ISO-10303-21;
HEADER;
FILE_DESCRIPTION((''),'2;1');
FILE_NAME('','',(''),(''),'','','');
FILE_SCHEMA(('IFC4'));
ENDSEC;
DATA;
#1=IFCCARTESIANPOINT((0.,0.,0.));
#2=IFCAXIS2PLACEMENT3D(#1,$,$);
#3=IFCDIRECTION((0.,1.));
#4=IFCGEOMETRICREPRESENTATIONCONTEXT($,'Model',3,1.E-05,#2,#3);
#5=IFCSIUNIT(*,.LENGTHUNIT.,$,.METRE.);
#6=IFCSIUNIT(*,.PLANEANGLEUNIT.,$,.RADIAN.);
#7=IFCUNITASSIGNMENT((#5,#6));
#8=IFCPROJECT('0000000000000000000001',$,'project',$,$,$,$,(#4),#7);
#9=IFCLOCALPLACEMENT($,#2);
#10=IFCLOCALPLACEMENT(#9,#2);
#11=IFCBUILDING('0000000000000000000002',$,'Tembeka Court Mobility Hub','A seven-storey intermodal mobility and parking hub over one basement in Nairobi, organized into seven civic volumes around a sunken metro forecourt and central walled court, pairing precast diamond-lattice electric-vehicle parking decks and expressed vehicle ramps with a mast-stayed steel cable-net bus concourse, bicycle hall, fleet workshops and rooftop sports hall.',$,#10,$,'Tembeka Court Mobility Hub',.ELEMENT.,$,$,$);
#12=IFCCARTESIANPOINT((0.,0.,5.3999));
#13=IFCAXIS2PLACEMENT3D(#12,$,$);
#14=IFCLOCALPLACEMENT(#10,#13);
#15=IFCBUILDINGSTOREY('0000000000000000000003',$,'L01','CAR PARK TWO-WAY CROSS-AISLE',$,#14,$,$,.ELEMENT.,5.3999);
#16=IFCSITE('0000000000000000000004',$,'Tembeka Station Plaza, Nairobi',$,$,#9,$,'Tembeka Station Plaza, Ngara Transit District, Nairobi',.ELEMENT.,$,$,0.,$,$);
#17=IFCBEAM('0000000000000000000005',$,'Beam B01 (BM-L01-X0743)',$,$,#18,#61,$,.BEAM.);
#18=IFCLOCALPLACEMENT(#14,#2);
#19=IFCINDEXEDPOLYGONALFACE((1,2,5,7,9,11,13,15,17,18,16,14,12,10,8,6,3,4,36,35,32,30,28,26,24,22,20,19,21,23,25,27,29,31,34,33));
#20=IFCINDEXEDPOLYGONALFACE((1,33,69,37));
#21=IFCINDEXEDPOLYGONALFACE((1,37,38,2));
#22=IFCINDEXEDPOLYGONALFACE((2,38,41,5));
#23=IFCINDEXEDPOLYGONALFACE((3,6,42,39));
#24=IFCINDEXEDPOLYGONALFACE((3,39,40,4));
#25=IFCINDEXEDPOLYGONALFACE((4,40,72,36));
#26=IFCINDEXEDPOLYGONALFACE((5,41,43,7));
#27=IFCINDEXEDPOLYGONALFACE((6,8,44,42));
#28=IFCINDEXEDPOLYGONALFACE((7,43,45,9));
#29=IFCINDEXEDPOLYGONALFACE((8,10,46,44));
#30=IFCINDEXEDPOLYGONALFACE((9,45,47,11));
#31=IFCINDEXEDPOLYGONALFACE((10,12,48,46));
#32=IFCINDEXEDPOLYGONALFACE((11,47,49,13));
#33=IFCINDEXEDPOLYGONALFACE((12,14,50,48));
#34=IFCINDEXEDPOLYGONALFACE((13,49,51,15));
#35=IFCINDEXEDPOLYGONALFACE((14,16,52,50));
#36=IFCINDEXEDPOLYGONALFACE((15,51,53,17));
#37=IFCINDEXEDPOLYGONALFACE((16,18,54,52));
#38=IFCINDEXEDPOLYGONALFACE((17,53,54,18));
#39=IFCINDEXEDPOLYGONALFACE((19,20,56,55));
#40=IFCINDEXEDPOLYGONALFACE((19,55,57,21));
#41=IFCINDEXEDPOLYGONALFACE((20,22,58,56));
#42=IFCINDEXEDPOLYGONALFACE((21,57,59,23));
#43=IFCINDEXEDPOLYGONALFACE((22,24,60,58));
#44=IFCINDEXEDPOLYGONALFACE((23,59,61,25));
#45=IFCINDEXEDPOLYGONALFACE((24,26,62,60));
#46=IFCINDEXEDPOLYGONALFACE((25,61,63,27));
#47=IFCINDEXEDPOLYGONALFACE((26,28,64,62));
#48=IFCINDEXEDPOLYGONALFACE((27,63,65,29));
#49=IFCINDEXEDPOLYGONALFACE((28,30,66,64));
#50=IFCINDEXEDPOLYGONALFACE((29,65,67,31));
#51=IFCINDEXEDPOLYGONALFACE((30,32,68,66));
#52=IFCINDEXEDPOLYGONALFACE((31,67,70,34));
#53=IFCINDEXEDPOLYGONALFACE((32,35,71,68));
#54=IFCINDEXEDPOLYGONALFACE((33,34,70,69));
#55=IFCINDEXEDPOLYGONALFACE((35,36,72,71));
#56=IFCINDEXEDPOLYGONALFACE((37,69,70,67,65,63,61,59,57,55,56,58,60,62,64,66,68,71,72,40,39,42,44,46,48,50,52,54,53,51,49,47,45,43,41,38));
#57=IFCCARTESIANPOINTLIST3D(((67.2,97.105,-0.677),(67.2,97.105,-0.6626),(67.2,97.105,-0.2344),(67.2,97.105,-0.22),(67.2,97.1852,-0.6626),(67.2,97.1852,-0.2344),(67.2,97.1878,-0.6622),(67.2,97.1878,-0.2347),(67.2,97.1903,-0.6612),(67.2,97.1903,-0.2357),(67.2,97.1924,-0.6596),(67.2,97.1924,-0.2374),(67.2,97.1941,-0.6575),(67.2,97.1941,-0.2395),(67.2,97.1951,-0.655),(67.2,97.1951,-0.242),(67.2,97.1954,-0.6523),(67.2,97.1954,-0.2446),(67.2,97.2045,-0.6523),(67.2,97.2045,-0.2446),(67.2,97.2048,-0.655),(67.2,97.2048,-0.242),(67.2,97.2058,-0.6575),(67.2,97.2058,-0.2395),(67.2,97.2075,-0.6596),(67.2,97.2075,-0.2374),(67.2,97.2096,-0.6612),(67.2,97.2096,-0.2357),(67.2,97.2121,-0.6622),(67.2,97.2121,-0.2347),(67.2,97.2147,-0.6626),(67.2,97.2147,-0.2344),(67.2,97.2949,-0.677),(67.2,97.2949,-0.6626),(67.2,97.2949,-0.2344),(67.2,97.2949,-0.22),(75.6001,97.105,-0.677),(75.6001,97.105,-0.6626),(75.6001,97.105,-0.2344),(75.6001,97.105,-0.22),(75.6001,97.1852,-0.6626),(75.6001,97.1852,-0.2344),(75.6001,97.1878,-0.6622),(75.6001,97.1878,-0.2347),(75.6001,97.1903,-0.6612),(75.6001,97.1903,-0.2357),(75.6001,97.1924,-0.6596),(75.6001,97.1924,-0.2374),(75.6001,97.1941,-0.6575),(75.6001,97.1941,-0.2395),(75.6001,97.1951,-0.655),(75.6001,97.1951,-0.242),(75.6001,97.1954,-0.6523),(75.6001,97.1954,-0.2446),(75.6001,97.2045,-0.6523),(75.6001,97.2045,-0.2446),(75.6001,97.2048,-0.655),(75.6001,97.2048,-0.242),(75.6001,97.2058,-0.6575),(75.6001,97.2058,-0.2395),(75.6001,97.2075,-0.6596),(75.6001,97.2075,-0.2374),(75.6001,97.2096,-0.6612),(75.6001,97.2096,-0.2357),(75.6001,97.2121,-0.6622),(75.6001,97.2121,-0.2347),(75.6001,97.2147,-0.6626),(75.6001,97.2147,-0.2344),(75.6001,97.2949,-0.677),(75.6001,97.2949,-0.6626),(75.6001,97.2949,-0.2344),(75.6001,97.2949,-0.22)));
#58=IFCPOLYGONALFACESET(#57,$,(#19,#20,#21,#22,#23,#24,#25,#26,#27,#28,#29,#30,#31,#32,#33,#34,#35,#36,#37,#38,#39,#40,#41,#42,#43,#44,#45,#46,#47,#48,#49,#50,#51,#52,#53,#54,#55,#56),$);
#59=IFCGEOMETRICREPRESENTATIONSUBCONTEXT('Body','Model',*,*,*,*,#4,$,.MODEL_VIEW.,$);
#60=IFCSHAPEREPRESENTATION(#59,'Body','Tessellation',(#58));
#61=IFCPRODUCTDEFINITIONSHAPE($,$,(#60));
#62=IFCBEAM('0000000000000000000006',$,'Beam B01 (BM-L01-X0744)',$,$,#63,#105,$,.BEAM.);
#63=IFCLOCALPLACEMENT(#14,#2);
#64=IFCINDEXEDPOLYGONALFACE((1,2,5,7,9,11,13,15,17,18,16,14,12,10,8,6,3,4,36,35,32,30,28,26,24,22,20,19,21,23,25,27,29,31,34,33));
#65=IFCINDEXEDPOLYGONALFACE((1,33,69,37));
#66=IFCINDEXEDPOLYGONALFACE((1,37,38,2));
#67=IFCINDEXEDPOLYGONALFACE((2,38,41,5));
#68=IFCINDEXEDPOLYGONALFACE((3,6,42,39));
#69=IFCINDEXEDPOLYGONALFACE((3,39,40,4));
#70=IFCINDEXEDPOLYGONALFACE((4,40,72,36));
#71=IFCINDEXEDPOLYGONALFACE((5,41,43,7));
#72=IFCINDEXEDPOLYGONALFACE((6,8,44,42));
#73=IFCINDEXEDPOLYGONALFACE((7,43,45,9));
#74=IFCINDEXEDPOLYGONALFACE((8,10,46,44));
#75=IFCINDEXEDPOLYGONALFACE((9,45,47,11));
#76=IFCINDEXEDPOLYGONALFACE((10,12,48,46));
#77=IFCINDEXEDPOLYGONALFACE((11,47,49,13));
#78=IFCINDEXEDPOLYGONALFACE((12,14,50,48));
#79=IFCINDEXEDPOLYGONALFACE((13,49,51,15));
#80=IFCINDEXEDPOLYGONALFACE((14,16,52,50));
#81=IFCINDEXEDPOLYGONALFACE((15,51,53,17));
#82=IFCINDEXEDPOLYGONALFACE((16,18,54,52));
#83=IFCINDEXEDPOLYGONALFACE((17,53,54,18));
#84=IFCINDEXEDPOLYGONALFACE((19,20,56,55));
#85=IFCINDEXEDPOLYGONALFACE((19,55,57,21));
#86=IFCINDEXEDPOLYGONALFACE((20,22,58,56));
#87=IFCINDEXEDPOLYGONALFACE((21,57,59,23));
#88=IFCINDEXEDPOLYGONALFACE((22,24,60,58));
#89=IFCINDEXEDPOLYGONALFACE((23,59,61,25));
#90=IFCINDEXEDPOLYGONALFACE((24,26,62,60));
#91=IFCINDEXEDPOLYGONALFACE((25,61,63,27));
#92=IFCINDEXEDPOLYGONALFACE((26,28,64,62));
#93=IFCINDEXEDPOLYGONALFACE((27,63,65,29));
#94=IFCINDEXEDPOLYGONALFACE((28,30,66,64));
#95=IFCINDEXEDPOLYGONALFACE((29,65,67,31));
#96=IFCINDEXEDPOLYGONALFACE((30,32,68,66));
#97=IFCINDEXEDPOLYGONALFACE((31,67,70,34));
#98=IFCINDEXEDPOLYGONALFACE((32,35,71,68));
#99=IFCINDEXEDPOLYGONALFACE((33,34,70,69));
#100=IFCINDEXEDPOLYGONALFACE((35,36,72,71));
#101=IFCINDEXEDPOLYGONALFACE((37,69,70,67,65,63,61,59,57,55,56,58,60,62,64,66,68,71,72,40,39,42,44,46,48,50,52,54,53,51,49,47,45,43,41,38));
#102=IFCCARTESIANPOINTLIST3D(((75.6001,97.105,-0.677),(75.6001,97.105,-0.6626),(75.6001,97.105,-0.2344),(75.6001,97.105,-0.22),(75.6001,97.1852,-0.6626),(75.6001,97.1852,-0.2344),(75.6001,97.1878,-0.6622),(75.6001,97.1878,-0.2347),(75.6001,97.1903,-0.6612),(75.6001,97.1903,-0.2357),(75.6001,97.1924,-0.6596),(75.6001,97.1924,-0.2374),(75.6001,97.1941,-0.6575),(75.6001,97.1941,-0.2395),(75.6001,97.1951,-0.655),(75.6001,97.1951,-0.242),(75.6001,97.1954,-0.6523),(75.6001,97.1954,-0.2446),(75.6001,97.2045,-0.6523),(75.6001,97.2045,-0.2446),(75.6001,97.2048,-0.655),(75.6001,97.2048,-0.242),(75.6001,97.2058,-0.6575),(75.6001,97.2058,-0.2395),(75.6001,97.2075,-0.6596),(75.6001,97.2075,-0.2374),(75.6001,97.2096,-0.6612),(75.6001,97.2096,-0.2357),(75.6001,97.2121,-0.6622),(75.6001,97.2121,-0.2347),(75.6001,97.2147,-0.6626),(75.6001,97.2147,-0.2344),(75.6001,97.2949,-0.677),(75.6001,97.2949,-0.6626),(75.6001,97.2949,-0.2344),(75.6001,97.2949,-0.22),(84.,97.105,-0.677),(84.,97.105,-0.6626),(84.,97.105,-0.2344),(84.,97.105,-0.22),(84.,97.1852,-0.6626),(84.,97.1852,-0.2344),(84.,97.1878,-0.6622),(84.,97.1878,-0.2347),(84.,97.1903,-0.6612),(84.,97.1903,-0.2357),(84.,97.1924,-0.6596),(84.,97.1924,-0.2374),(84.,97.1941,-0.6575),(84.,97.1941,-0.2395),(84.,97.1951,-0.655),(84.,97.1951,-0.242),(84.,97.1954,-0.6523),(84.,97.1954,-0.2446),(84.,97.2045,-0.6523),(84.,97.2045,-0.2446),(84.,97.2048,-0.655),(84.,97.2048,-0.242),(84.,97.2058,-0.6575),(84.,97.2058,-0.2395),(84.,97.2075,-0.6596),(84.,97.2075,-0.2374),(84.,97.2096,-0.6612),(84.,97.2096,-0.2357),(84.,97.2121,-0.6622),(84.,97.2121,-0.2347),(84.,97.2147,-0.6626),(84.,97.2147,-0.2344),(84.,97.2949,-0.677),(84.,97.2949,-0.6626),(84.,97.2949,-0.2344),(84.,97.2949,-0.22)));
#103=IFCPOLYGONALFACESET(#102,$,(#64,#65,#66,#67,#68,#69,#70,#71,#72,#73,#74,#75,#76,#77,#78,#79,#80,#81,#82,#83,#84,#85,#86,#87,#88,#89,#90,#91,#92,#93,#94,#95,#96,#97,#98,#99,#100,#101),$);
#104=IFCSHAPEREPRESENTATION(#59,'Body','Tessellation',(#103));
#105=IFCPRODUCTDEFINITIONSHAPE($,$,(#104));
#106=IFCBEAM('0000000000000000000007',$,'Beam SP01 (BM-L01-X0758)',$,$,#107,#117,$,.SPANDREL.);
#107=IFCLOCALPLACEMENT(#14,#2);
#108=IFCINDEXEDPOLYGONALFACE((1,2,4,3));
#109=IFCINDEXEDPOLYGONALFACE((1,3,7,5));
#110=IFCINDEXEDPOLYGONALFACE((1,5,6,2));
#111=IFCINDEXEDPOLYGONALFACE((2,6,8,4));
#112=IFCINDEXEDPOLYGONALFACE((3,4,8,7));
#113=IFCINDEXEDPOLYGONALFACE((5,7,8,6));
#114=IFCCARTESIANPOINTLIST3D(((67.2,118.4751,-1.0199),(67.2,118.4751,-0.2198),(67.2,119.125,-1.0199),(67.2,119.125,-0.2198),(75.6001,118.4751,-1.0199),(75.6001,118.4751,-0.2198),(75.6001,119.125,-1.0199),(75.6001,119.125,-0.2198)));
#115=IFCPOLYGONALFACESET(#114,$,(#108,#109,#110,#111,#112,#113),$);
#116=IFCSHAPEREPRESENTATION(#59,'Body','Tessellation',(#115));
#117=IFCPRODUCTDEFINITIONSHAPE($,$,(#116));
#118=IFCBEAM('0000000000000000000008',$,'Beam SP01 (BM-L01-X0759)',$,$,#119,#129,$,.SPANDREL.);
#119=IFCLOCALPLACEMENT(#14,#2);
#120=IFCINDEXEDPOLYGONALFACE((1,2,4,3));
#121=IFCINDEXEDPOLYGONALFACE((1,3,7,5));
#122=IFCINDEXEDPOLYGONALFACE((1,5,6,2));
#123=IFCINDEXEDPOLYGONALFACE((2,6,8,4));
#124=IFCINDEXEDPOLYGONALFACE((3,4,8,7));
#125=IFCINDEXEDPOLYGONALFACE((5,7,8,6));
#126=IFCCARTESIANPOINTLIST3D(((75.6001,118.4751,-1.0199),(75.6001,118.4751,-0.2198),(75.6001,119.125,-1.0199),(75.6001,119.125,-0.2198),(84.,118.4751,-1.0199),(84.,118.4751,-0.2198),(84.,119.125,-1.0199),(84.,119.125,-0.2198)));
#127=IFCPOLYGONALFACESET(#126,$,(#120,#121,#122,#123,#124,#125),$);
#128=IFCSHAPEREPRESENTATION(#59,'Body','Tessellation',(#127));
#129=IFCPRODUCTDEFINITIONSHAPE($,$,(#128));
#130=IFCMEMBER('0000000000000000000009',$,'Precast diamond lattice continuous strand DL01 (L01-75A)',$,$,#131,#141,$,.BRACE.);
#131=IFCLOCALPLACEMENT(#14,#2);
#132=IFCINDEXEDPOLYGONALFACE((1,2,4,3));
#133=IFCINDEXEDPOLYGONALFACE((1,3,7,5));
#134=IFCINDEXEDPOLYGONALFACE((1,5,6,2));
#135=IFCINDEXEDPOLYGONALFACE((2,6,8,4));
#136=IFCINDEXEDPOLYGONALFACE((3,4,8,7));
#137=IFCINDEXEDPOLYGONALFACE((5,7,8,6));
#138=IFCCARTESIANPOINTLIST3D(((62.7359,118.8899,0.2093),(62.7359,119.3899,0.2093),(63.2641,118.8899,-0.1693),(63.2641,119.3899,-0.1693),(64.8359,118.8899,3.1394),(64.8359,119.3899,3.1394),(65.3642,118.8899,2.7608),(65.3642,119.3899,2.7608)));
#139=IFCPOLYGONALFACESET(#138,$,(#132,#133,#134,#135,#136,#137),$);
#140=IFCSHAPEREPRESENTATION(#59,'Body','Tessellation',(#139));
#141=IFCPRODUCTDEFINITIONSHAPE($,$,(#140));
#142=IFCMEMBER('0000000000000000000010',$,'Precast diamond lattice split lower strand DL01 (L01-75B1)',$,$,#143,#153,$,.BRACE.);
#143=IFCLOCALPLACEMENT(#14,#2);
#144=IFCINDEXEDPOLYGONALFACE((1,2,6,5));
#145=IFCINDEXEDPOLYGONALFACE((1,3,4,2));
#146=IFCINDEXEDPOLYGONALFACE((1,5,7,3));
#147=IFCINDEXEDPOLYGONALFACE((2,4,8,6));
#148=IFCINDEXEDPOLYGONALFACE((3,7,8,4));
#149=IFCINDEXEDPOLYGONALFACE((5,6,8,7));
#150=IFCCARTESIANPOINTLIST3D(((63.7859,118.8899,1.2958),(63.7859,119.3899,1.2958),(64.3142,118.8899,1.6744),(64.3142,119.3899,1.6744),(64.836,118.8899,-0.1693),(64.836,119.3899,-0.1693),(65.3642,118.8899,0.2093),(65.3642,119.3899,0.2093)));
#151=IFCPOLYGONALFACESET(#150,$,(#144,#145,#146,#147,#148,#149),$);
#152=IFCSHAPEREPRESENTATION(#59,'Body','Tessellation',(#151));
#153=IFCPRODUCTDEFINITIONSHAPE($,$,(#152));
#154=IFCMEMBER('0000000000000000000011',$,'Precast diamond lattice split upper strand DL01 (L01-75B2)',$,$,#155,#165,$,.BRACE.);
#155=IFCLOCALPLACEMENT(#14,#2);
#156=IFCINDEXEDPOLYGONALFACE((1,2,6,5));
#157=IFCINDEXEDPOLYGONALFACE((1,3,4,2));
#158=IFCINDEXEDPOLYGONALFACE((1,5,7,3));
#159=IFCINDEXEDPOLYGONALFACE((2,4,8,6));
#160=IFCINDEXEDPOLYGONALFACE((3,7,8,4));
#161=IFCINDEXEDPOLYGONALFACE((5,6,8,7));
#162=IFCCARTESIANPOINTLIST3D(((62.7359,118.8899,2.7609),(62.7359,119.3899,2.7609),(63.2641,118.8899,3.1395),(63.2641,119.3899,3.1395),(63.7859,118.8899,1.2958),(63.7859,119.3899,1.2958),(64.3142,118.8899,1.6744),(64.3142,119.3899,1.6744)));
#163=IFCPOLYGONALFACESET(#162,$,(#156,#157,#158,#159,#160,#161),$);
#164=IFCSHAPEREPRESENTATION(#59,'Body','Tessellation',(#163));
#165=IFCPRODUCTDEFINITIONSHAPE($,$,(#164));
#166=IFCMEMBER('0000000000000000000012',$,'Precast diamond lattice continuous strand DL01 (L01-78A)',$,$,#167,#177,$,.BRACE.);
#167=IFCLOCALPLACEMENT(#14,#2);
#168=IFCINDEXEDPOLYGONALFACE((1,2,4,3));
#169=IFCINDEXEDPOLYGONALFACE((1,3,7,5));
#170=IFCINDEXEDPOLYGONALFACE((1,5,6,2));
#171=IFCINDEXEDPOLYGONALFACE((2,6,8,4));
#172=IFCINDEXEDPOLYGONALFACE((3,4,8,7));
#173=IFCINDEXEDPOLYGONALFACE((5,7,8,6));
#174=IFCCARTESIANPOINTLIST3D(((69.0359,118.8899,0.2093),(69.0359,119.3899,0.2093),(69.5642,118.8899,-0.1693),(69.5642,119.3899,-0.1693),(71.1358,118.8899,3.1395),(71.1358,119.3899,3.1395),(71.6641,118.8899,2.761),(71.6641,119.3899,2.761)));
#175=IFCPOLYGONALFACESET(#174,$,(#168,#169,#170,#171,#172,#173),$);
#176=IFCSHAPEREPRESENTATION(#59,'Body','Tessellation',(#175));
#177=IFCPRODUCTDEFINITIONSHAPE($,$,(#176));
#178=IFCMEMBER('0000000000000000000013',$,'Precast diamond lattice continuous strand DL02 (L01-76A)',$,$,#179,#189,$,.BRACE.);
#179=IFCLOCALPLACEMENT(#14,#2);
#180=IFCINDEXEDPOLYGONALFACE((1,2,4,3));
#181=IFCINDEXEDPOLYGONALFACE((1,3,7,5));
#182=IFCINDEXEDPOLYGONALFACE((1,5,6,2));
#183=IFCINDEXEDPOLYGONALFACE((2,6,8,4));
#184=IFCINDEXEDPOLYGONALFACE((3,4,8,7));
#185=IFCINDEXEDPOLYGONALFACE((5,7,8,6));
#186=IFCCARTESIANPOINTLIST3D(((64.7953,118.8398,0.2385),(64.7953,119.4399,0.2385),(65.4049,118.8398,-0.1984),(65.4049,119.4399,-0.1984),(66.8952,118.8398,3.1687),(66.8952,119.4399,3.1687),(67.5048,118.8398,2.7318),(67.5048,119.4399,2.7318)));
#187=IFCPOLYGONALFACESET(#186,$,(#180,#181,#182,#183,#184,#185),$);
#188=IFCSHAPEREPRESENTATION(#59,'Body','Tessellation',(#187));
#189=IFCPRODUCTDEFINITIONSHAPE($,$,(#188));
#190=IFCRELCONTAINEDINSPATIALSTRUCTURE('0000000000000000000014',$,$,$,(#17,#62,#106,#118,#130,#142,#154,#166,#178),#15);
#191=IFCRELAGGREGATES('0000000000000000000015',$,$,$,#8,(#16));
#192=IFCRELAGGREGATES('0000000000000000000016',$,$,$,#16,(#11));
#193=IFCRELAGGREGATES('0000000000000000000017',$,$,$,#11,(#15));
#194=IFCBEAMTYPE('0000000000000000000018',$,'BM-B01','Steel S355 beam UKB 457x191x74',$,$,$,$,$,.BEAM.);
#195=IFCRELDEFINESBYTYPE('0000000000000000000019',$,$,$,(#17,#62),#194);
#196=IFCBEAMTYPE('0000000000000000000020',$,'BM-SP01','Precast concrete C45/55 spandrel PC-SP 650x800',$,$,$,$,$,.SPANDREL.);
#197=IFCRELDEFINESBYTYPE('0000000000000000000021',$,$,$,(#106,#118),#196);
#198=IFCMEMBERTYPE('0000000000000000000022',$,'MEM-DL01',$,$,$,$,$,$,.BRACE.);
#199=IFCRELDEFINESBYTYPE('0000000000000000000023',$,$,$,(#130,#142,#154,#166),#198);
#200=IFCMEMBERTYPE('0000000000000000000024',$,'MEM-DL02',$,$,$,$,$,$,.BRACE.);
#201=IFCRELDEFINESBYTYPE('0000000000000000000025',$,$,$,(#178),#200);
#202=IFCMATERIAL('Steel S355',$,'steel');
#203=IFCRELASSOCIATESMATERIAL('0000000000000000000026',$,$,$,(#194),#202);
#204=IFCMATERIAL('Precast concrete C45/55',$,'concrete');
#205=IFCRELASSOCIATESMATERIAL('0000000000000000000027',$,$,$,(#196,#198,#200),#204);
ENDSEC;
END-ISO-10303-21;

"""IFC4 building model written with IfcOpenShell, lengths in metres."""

from ifc_helpers import new_model, si_unit, direction, frame, origin, origin_2d, place, context, subcontext, project, spatial, rectangle, i_section, extrude, material, material_profile, profile_set, type_object, element, save


model = new_model("IFC4")

# Units and contexts
model_context = context("Model", 3, precision=1e-05, world=origin(), true_north=direction((0.0, 1.0)))
body_context = subcontext(model_context, "Body", "Model", "MODEL_VIEW")
ifc_project = project(units=[si_unit("LENGTHUNIT", "METRE"), si_unit("PLANEANGLEUNIT", "RADIAN")], contexts=[model_context])

# Site, building, storey
site_placement = place(None, origin())
site = spatial("IfcSite", under=ifc_project, at=site_placement, Name="Tembeka Station Plaza, Nairobi", LongName="Tembeka Station Plaza, Ngara Transit District, Nairobi", CompositionType="ELEMENT", RefElevation=0.0)
building_placement = place(site_placement, origin())
building = spatial("IfcBuilding", under=site, at=building_placement, Name="Tembeka Court Mobility Hub", Description="A seven-storey intermodal mobility and parking hub over one basement in Nairobi, organized into seven civic volumes around a sunken metro forecourt and central walled court, pairing precast diamond-lattice electric-vehicle parking decks and expressed vehicle ramps with a mast-stayed steel cable-net bus concourse, bicycle hall, fleet workshops and rooftop sports hall.", LongName="Tembeka Court Mobility Hub", CompositionType="ELEMENT")
storey_placement = place(building_placement, frame((0.0, 0.0, 5.3999)))
storey = spatial("IfcBuildingStorey", under=building, at=storey_placement, Name="L01", Description="CAR PARK TWO-WAY CROSS-AISLE", CompositionType="ELEMENT", Elevation=5.3999)

# Shared definitions
ifc_material_1 = material(Name="Steel S355", Category="steel")

# Beams
ifc_material_profile_1 = material_profile(ifc_material_1, i_section(OverallWidth=0.1899, OverallDepth=0.457, WebThickness=0.009, FlangeThickness=0.0144, FilletRadius=0.0103, at=origin_2d()), Name="UKB 457x191x74")
ifc_profile_set_1 = profile_set([ifc_material_profile_1], Name="Steel S355")
beam_type_1 = type_object("IfcBeamType", Name="BM-B01", Description="Steel S355 beam UKB 457x191x74", PredefinedType="BEAM", material=ifc_profile_set_1)
beam_1_placement = place(storey_placement, frame((67.2, 97.2, -0.4485), z_axis=(1.0, 0.0, 0.0), x_axis=(0.0, 1.0, 0.0)))
element("IfcBeam", 1, at=beam_1_placement, inside=storey, type_object=beam_type_1, Name="Beam B01 (BM-L01-X0743)", PredefinedType="BEAM", context=body_context, shape_type="SweptSolid", body=[
    extrude(i_section(OverallWidth=0.1899, OverallDepth=0.457, WebThickness=0.009, FlangeThickness=0.0144, FilletRadius=0.0103, at=origin_2d()), origin(), (0.0, 0.0, 1.0), 8.4001),
])
beam_2_placement = place(storey_placement, frame((75.6001, 97.2, -0.4485), z_axis=(1.0, 0.0, 0.0), x_axis=(0.0, 1.0, 0.0)))
element("IfcBeam", 2, at=beam_2_placement, inside=storey, type_object=beam_type_1, Name="Beam B01 (BM-L01-X0744)", PredefinedType="BEAM", context=body_context, shape_type="SweptSolid", body=[
    extrude(i_section(OverallWidth=0.1899, OverallDepth=0.457, WebThickness=0.009, FlangeThickness=0.0144, FilletRadius=0.0103, at=origin_2d()), origin(), (0.0, 0.0, 1.0), 8.3999),
])
ifc_material_2 = material(Name="Precast concrete C45/55", Category="concrete")
ifc_material_profile_2 = material_profile(ifc_material_2, rectangle(XDim=0.6499, YDim=0.8, at=origin_2d()), Name="PC-SP 650x800")
ifc_profile_set_2 = profile_set([ifc_material_profile_2], Name="Precast concrete C45/55")
beam_type_2 = type_object("IfcBeamType", Name="BM-SP01", Description="Precast concrete C45/55 spandrel PC-SP 650x800", PredefinedType="SPANDREL", material=ifc_profile_set_2)
beam_3_placement = place(storey_placement, frame((67.2, 118.8, -0.6199), z_axis=(1.0, 0.0, 0.0), x_axis=(0.0, 1.0, 0.0)))
element("IfcBeam", 3, at=beam_3_placement, inside=storey, type_object=beam_type_2, Name="Beam SP01 (BM-L01-X0758)", PredefinedType="SPANDREL", context=body_context, shape_type="SweptSolid", body=[
    extrude(rectangle(XDim=0.6499, YDim=0.8, at=origin_2d()), origin(), (0.0, 0.0, 1.0), 8.4001),
])
beam_4_placement = place(storey_placement, frame((75.6001, 118.8, -0.6199), z_axis=(1.0, 0.0, 0.0), x_axis=(0.0, 1.0, 0.0)))
element("IfcBeam", 4, at=beam_4_placement, inside=storey, type_object=beam_type_2, Name="Beam SP01 (BM-L01-X0759)", PredefinedType="SPANDREL", context=body_context, shape_type="SweptSolid", body=[
    extrude(rectangle(XDim=0.6499, YDim=0.8, at=origin_2d()), origin(), (0.0, 0.0, 1.0), 8.3999),
])

# Members
ifc_material_profile_3 = material_profile(ifc_material_2, rectangle(XDim=0.5, YDim=0.6499, at=origin_2d()), Name="PC-DIAG 500x650")
ifc_profile_set_3 = profile_set([ifc_material_profile_3], Name="Precast concrete C45/55")
member_type_1 = type_object("IfcMemberType", Name="MEM-DL01", PredefinedType="BRACE", material=ifc_profile_set_3)
member_1_placement = place(storey_placement, frame((63.0, 119.1399, 0.02), z_axis=(0.582544, 0.0, 0.812799), x_axis=(0.0, 1.0, 0.0)))
element("IfcMember", 5, at=member_1_placement, inside=storey, type_object=member_type_1, Name="Precast diamond lattice continuous strand DL01 (L01-75A)", PredefinedType="BRACE", context=body_context, shape_type="SweptSolid", body=[
    extrude(rectangle(XDim=0.5, YDim=0.6499, at=origin_2d()), origin(), (0.0, 0.0, 1.0), 3.605),
])
for number, where, z_axis, x_axis, name in (
    (6, (65.1001, 119.1399, 0.02), (-0.582544, 0.0, 0.812799), (0.0, -1.0, 0.0), "Precast diamond lattice split lower strand DL01 (L01-75B1)"),
    (7, (64.05, 119.1399, 1.4851), (-0.582544, 0.0, 0.812799), (0.0, -1.0, 0.0), "Precast diamond lattice split upper strand DL01 (L01-75B2)"),
):
    element("IfcMember", number, at=place(storey_placement, frame(where, z_axis=z_axis, x_axis=x_axis)), inside=storey, type_object=member_type_1, Name=name, PredefinedType="BRACE", context=body_context, shape_type="SweptSolid", body=[
        extrude(rectangle(XDim=0.5, YDim=0.6499, at=origin_2d()), origin(), (0.0, 0.0, 1.0), 1.8025),
    ])
member_2_placement = place(storey_placement, frame((69.3, 119.1399, 0.02), z_axis=(0.5825, 0.0, 0.812831), x_axis=(0.0, 1.0, 0.0)))
element("IfcMember", 8, at=member_2_placement, inside=storey, type_object=member_type_1, Name="Precast diamond lattice continuous strand DL01 (L01-78A)", PredefinedType="BRACE", context=body_context, shape_type="SweptSolid", body=[
    extrude(rectangle(XDim=0.5, YDim=0.6499, at=origin_2d()), origin(), (0.0, 0.0, 1.0), 3.605),
])
ifc_material_profile_4 = material_profile(ifc_material_2, rectangle(XDim=0.6001, YDim=0.75, at=origin_2d()), Name="PC-DIAG 600x750")
ifc_profile_set_4 = profile_set([ifc_material_profile_4], Name="Precast concrete C45/55")
member_type_2 = type_object("IfcMemberType", Name="MEM-DL02", PredefinedType="BRACE", material=ifc_profile_set_4)
member_3_placement = place(storey_placement, frame((65.1001, 119.1399, 0.02), z_axis=(0.5825, 0.0, 0.812831), x_axis=(0.0, 1.0, 0.0)))
element("IfcMember", 9, at=member_3_placement, inside=storey, type_object=member_type_2, Name="Precast diamond lattice continuous strand DL02 (L01-76A)", PredefinedType="BRACE", context=body_context, shape_type="SweptSolid", body=[
    extrude(rectangle(XDim=0.6001, YDim=0.75, at=origin_2d()), origin(), (0.0, 0.0, 1.0), 3.605),
])

save(model, "model.ifc")
